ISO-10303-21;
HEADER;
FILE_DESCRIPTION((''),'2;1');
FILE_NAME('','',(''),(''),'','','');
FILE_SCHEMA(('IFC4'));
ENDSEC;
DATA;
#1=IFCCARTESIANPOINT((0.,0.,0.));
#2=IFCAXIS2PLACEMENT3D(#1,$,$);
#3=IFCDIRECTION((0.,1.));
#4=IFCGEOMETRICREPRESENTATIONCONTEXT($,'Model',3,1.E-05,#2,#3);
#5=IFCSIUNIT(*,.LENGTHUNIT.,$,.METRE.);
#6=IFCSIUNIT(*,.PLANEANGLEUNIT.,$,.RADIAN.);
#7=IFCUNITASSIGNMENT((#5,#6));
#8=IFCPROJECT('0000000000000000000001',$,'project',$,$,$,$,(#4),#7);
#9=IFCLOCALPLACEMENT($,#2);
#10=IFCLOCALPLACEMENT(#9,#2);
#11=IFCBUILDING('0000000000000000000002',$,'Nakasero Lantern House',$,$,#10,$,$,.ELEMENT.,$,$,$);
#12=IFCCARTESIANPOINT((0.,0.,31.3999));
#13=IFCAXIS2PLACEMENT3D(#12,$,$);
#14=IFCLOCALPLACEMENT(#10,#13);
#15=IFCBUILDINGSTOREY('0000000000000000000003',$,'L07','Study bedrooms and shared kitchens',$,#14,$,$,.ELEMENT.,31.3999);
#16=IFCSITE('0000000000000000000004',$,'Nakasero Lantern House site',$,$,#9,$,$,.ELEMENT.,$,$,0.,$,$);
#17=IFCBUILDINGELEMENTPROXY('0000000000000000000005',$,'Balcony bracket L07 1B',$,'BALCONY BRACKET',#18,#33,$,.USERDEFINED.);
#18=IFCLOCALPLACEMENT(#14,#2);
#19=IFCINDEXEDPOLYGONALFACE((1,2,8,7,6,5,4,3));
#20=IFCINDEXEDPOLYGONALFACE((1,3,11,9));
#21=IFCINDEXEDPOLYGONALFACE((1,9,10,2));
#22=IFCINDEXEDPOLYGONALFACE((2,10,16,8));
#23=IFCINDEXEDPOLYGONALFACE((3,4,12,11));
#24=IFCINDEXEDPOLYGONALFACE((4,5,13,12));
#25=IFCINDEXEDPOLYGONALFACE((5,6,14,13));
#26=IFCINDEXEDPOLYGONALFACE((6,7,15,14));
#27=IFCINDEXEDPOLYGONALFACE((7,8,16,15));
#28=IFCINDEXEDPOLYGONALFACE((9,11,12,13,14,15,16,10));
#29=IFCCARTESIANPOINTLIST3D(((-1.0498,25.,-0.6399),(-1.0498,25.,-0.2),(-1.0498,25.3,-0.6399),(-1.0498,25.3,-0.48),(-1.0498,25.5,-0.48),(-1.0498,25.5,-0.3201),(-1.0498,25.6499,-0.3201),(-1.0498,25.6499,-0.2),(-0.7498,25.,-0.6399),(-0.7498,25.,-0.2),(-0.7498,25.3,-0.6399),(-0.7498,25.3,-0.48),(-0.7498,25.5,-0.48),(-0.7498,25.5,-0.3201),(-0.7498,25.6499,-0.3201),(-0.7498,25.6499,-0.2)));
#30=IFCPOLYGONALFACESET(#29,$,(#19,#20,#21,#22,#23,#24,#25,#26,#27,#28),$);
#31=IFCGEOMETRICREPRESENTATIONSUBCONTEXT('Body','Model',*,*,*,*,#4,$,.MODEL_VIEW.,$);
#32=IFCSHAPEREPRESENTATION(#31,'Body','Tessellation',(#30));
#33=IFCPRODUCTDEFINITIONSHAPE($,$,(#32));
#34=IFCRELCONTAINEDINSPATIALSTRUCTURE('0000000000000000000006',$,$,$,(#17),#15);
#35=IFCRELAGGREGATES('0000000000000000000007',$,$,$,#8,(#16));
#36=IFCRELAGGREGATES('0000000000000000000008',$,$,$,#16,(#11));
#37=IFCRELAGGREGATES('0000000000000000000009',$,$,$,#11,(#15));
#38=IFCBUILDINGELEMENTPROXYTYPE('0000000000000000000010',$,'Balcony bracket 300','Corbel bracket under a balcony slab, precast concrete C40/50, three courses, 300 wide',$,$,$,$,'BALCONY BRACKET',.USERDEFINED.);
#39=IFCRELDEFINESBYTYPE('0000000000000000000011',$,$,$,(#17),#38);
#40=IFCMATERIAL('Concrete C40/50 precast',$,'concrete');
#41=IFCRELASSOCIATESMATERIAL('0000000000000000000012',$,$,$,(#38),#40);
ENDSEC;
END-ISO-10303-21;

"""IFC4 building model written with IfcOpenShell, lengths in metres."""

from ifc_helpers import new_model, si_unit, direction, frame, origin, place, context, subcontext, project, spatial, polyline, outline, extrude, material, type_object, element, save


model = new_model("IFC4")

# Units and contexts
model_context = context("Model", 3, precision=1e-05, world=origin(), true_north=direction((0.0, 1.0)))
body_context = subcontext(model_context, "Body", "Model", "MODEL_VIEW")
ifc_project = project(units=[si_unit("LENGTHUNIT", "METRE"), si_unit("PLANEANGLEUNIT", "RADIAN")], contexts=[model_context])

# Site, building, storey
site_placement = place(None, origin())
site = spatial("IfcSite", under=ifc_project, at=site_placement, Name="Nakasero Lantern House site", CompositionType="ELEMENT", RefElevation=0.0)
building_placement = place(site_placement, origin())
building = spatial("IfcBuilding", under=site, at=building_placement, Name="Nakasero Lantern House", CompositionType="ELEMENT")
storey_placement = place(building_placement, frame((0.0, 0.0, 31.3999)))
storey = spatial("IfcBuildingStorey", under=building, at=storey_placement, Name="L07", Description="Study bedrooms and shared kitchens", CompositionType="ELEMENT", Elevation=31.3999)

# Building element proxy
ifc_material_1 = material(Name="Concrete C40/50 precast", Category="concrete")
building_element_proxy_type = type_object("IfcBuildingElementProxyType", Name="Balcony bracket 300", Description="Corbel bracket under a balcony slab, precast concrete C40/50, three courses, 300 wide", ElementType="BALCONY BRACKET", PredefinedType="USERDEFINED", material=ifc_material_1)
proxy_placement = place(storey_placement, frame((-0.8999, 25.0, -0.2), z_axis=(0.0, 0.0, 1.0), x_axis=(0.0, 1.0, 0.0)))
element("IfcBuildingElementProxy", 1, at=proxy_placement, inside=storey, type_object=building_element_proxy_type, Name="Balcony bracket L07 1B", ObjectType="BALCONY BRACKET", PredefinedType="USERDEFINED", context=body_context, shape_type="SweptSolid", body=[
    extrude(outline(polyline([(0.0, 0.0), (0.6499, 0.0), (0.6499, -0.1201), (0.5, -0.1201), (0.5, -0.28), (0.3, -0.28), (0.3, -0.4399), (0.0, -0.4399), (0.0, 0.0)])), frame((0.0, 0.1499, 0.0), z_axis=(0.0, -1.0, 0.0), x_axis=(1.0, 0.0, 0.0)), (0.0, 0.0, 1.0), 0.3),
])

save(model, "model.ifc")
